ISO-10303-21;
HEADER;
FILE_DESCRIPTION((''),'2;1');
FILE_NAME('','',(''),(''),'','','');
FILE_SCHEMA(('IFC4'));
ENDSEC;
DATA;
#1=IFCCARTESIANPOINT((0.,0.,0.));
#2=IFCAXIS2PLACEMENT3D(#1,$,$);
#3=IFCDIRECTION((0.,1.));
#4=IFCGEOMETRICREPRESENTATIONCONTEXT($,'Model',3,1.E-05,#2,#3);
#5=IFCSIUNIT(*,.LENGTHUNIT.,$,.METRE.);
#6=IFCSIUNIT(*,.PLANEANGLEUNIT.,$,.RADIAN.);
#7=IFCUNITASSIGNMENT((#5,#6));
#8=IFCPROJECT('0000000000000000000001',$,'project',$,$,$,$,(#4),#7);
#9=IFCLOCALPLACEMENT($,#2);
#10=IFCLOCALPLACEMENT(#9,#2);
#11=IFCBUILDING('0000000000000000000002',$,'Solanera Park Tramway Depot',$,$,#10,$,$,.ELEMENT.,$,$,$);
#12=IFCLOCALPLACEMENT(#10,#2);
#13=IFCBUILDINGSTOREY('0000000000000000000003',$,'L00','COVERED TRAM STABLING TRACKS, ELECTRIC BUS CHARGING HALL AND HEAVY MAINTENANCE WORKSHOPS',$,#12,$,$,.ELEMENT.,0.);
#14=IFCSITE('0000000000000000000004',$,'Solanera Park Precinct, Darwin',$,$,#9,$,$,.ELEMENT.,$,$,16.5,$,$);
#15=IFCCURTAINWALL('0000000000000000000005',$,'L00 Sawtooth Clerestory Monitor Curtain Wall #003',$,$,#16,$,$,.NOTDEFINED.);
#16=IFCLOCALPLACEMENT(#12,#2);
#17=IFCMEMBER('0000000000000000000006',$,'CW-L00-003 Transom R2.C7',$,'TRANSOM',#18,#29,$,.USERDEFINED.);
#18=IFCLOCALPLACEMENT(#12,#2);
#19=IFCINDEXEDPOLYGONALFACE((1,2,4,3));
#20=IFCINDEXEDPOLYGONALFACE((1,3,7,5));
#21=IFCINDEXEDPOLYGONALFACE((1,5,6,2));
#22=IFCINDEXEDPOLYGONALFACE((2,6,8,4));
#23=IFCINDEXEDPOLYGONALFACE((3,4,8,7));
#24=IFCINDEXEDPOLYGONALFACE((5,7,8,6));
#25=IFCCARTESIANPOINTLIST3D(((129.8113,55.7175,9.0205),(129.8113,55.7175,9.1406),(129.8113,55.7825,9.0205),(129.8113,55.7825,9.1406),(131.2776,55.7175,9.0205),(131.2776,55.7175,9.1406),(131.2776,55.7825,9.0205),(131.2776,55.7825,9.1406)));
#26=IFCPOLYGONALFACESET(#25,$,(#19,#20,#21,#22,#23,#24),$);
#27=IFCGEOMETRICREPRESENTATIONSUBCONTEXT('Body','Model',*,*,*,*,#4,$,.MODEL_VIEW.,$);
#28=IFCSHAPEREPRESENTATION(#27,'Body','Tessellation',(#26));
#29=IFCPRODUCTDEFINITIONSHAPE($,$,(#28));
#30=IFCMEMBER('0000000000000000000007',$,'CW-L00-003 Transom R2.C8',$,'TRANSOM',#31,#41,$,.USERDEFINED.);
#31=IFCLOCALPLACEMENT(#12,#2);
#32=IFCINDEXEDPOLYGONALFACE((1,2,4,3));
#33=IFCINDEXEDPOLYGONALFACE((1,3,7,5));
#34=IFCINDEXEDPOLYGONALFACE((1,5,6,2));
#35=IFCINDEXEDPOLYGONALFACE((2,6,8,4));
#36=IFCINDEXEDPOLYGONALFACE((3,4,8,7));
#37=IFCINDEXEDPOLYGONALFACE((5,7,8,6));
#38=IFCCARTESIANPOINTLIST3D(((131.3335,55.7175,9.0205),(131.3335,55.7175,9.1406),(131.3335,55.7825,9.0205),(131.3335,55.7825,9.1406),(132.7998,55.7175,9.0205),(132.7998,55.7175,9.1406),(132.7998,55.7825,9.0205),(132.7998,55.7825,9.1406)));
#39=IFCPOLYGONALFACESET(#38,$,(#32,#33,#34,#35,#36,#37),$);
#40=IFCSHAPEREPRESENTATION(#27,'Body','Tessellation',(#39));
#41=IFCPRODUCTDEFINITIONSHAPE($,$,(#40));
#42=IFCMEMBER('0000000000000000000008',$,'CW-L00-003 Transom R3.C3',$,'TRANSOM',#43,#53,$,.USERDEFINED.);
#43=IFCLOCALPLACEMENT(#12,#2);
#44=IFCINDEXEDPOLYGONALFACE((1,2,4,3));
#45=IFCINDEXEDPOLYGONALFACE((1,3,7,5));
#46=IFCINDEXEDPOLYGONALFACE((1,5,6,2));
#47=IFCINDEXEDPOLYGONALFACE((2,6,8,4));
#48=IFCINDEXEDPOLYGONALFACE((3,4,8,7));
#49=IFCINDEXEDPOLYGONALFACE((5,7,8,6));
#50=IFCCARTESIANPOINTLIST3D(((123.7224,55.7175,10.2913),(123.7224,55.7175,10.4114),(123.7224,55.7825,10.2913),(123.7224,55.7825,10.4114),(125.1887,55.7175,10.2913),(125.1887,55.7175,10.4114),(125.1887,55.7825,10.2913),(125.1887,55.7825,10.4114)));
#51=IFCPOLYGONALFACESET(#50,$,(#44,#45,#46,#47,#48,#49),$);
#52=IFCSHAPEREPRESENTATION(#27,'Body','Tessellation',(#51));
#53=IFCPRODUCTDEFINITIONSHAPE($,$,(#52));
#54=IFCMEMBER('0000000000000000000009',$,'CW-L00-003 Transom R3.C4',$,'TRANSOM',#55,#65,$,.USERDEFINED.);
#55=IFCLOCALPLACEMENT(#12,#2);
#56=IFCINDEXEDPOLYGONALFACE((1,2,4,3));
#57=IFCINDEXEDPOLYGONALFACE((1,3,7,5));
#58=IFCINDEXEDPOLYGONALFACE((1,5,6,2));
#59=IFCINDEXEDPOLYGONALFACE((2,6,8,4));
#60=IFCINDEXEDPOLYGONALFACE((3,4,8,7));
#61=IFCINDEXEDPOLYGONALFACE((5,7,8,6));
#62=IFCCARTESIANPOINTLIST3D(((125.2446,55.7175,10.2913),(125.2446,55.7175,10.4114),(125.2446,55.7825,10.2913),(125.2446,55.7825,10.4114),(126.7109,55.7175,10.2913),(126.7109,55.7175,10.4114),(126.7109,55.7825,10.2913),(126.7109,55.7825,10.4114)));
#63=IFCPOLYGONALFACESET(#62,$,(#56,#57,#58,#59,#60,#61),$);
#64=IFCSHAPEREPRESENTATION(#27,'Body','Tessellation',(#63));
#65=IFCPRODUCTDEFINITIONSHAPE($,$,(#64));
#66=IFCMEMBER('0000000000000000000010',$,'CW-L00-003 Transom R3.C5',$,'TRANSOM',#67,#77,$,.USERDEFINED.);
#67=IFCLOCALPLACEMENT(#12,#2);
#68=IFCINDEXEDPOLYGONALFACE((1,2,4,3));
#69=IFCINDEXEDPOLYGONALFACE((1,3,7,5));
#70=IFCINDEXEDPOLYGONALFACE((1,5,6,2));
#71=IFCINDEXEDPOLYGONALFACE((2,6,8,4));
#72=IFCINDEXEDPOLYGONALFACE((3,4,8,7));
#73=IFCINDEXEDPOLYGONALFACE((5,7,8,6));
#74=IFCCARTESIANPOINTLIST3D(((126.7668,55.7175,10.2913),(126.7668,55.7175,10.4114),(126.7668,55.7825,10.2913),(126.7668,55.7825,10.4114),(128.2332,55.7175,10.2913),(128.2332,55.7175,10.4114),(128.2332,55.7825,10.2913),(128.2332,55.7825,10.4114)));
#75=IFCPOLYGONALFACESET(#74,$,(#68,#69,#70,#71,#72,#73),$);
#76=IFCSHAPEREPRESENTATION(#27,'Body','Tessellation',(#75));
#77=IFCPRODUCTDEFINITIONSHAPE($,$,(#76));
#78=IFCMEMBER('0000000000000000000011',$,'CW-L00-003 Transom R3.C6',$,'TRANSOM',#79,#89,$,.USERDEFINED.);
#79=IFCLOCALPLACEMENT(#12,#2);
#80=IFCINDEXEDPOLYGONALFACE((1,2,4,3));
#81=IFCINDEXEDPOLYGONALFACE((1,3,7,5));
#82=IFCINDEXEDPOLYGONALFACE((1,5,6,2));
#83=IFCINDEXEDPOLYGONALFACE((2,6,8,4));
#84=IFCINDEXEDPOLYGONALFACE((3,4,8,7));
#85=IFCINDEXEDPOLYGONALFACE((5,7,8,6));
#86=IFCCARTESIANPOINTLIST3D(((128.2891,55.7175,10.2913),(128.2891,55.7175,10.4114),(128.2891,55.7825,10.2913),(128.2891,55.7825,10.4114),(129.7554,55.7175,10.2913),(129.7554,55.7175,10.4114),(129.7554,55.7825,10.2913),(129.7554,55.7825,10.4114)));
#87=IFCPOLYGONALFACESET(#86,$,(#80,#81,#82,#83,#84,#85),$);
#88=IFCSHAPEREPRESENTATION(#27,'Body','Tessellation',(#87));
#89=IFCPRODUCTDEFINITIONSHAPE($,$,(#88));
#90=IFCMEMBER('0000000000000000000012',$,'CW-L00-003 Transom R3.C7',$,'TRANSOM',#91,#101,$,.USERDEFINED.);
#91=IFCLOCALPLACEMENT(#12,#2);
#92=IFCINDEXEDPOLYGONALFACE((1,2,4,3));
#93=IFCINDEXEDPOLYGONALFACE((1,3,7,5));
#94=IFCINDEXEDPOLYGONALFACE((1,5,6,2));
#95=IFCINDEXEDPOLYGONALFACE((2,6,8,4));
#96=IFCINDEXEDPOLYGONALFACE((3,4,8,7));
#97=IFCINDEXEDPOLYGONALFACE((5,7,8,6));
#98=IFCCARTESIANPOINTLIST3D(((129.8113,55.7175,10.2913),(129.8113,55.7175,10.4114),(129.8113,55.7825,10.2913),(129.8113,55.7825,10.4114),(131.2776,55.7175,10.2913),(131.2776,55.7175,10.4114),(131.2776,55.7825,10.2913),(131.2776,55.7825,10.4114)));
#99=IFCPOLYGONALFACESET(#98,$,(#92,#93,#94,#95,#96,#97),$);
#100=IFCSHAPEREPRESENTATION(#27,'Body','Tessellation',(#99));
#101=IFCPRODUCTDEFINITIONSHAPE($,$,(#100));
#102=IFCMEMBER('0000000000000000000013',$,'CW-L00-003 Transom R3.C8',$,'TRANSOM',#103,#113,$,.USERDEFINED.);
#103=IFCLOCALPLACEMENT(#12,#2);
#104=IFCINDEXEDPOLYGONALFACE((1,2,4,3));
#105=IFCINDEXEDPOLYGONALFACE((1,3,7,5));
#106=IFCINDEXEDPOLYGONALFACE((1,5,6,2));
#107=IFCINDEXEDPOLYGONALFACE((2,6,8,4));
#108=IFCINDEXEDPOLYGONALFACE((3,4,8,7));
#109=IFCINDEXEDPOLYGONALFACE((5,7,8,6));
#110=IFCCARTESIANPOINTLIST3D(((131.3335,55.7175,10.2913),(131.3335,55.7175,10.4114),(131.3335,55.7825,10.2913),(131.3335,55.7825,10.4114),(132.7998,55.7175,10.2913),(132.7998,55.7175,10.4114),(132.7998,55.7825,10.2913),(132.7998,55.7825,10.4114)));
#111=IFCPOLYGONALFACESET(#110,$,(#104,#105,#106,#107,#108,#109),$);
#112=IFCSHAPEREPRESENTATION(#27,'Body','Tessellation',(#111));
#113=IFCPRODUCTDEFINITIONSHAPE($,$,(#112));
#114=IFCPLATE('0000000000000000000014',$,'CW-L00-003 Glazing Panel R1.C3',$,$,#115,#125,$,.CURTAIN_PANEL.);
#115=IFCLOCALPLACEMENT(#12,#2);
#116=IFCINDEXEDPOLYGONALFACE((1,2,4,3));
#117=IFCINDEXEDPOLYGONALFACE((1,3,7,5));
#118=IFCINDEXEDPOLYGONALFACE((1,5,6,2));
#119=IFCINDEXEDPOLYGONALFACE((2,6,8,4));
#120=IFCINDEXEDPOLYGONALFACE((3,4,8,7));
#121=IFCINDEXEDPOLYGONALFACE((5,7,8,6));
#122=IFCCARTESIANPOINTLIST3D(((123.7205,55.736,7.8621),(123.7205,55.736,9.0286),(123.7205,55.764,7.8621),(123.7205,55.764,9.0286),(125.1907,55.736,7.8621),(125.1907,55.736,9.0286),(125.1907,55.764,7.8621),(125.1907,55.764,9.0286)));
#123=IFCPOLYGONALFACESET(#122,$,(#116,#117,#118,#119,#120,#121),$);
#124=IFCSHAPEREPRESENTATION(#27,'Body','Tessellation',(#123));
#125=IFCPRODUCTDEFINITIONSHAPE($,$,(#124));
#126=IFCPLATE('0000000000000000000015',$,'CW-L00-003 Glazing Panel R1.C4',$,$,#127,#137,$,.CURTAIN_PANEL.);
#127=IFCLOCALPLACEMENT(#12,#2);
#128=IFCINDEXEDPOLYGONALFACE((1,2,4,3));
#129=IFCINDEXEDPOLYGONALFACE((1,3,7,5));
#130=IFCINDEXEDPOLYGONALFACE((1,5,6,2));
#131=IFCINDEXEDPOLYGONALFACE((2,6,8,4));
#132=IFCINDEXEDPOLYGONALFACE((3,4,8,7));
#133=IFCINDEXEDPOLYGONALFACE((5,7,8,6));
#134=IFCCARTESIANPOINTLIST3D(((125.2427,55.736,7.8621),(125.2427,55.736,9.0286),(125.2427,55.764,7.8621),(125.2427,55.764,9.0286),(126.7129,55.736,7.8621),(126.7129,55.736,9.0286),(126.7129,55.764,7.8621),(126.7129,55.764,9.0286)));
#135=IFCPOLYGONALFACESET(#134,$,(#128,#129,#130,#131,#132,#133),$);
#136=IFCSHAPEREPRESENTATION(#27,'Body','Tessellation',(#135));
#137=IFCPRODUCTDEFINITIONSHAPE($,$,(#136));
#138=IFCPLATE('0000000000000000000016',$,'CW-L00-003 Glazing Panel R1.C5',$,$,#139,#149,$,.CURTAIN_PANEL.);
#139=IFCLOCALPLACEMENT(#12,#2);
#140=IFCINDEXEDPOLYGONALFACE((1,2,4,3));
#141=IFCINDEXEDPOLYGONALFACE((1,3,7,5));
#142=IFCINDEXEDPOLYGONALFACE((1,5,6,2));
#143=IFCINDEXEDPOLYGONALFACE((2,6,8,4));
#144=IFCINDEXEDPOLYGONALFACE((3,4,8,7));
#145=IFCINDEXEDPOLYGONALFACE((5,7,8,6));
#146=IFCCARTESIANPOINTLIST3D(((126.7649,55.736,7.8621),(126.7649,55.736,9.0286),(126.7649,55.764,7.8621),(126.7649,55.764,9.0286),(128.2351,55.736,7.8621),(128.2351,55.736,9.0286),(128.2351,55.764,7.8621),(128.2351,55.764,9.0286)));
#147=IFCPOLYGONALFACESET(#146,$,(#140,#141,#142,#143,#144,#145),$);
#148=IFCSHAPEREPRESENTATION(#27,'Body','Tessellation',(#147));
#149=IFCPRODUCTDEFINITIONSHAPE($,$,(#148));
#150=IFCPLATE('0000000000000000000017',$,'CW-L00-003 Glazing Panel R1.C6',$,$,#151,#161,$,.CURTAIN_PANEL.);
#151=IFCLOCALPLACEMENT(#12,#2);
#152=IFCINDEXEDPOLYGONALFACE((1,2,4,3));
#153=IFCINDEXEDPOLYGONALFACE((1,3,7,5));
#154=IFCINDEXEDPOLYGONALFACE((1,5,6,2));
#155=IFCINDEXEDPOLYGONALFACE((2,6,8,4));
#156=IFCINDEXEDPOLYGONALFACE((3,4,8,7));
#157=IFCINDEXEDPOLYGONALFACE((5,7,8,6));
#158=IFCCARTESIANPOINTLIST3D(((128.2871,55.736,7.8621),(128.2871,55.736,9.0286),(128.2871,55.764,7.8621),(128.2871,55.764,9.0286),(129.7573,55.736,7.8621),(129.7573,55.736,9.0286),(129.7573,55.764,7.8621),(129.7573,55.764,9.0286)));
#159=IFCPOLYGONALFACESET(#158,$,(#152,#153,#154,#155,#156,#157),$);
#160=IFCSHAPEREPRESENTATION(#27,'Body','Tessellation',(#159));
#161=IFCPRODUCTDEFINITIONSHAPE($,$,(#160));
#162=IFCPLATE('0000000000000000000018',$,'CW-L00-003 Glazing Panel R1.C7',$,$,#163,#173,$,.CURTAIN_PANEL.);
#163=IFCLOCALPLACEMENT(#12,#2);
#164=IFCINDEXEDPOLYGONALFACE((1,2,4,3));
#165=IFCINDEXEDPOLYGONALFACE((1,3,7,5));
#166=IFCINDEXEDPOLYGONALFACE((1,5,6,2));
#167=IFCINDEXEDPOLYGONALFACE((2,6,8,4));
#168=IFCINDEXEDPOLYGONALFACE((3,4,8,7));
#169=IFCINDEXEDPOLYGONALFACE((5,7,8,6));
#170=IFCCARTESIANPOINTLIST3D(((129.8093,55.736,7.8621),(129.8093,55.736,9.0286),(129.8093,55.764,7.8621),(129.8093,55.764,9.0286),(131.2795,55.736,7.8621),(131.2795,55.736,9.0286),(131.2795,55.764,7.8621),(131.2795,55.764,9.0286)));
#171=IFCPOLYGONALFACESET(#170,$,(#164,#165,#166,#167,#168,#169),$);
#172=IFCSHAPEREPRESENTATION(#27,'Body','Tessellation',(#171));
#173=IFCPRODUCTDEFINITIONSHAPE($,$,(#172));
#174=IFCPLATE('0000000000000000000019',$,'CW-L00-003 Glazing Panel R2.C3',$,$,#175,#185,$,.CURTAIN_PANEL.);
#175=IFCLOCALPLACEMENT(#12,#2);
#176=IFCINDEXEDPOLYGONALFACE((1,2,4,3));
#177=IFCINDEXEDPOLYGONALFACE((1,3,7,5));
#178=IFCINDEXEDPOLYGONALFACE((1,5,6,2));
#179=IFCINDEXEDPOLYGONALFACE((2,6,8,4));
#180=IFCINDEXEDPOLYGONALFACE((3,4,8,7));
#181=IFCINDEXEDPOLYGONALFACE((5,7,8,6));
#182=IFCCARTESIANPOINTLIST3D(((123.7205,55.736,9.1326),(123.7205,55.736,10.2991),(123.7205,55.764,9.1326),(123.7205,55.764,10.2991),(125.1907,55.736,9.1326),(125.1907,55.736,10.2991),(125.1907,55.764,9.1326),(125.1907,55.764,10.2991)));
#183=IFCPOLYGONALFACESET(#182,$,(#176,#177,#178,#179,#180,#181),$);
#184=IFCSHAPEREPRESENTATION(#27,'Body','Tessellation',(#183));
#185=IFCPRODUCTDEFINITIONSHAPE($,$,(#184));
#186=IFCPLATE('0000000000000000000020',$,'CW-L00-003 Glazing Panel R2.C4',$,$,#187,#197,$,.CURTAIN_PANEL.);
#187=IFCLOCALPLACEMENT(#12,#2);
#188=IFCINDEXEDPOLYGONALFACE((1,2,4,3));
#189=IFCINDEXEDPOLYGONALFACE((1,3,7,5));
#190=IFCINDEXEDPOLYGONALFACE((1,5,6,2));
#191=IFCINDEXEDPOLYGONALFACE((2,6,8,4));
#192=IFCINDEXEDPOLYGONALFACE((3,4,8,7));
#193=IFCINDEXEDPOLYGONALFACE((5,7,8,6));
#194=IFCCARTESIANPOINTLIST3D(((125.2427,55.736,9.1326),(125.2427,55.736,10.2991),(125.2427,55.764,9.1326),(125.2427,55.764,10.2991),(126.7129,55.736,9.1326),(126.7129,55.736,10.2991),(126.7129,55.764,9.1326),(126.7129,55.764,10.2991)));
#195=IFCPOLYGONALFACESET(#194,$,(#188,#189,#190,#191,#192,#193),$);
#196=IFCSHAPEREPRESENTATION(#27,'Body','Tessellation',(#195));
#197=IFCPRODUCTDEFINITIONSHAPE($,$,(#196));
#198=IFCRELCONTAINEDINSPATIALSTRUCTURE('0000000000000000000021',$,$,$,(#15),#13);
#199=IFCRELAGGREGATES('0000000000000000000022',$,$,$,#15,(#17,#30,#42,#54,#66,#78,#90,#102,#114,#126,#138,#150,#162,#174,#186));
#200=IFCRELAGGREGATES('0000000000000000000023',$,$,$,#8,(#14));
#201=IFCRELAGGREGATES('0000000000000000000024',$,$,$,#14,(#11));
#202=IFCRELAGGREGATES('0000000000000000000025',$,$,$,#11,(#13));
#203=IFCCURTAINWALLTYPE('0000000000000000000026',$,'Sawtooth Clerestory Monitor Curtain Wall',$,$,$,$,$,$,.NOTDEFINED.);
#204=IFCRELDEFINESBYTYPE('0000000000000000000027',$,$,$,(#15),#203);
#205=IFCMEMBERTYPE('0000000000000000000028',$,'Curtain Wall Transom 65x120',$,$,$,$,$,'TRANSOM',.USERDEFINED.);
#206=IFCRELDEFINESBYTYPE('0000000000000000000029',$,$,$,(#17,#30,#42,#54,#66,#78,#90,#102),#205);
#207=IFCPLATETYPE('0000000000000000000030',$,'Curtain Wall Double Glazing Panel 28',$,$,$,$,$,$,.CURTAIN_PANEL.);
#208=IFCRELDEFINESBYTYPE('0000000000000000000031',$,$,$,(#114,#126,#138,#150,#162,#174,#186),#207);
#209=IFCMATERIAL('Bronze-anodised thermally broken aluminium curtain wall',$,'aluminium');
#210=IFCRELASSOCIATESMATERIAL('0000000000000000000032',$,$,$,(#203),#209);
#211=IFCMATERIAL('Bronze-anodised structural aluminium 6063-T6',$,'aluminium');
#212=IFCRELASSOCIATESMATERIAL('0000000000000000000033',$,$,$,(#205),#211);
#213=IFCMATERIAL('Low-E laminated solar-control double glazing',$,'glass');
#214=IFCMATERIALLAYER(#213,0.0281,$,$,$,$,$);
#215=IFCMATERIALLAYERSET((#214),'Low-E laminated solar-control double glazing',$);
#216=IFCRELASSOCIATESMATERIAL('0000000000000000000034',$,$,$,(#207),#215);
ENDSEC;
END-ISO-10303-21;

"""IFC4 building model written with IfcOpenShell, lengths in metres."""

from ifc_helpers import new_model, si_unit, direction, frame, origin, origin_2d, place, context, subcontext, project, spatial, rectangle, extrude, material, layer, layer_set, material_profile, profile_set, type_object, element, aggregate, save


model = new_model("IFC4")

# Units and contexts
model_context = context("Model", 3, precision=1e-05, world=origin(), true_north=direction((0.0, 1.0)))
body_context = subcontext(model_context, "Body", "Model", "MODEL_VIEW")
ifc_project = project(units=[si_unit("LENGTHUNIT", "METRE"), si_unit("PLANEANGLEUNIT", "RADIAN")], contexts=[model_context])

# Site, building, storey
site_placement = place(None, origin())
site = spatial("IfcSite", under=ifc_project, at=site_placement, Name="Solanera Park Precinct, Darwin", CompositionType="ELEMENT", RefElevation=16.5)
building_placement = place(site_placement, origin())
building = spatial("IfcBuilding", under=site, at=building_placement, Name="Solanera Park Tramway Depot", CompositionType="ELEMENT")
storey_placement = place(building_placement, origin())
storey = spatial("IfcBuildingStorey", under=building, at=storey_placement, Name="L00", Description="COVERED TRAM STABLING TRACKS, ELECTRIC BUS CHARGING HALL AND HEAVY MAINTENANCE WORKSHOPS", CompositionType="ELEMENT", Elevation=0.0)

# Curtain wall, members, plates
ifc_material_1 = material(Name="Bronze-anodised thermally broken aluminium curtain wall", Category="aluminium")
curtain_wall_type = type_object("IfcCurtainWallType", Name="Sawtooth Clerestory Monitor Curtain Wall", PredefinedType="NOTDEFINED", material=ifc_material_1)
curtain_wall_placement = place(storey_placement, origin())
curtain_wall = element("IfcCurtainWall", 1, at=curtain_wall_placement, inside=storey, type_object=curtain_wall_type, Name="L00 Sawtooth Clerestory Monitor Curtain Wall #003", PredefinedType="NOTDEFINED")
ifc_material_2 = material(Name="Bronze-anodised structural aluminium 6063-T6", Category="aluminium")
ifc_material_profile_1 = material_profile(ifc_material_2, rectangle(XDim=0.0649, YDim=0.1201, at=origin_2d()), Name="Curtain Wall Transom 65x120")
ifc_profile_set_1 = profile_set([ifc_material_profile_1], Name="Bronze-anodised structural aluminium 6063-T6")
member_type_1 = type_object("IfcMemberType", Name="Curtain Wall Transom 65x120", ElementType="TRANSOM", PredefinedType="USERDEFINED", material=ifc_profile_set_1)
member_1_placement = place(storey_placement, frame((129.8113, 55.75, 9.0806), z_axis=(1.0, 0.0, 0.0), x_axis=(0.0, 1.0, 0.0)))
member_1 = element("IfcMember", 2, at=member_1_placement, type_object=member_type_1, Name="CW-L00-003 Transom R2.C7", ObjectType="TRANSOM", PredefinedType="USERDEFINED", context=body_context, shape_type="SweptSolid", body=[
    extrude(rectangle(XDim=0.0649, YDim=0.1201, at=origin_2d()), origin(), (0.0, 0.0, 1.0), 1.4663),
])
member_2_placement = place(storey_placement, frame((131.3335, 55.75, 9.0806), z_axis=(1.0, 0.0, 0.0), x_axis=(0.0, 1.0, 0.0)))
member_2 = element("IfcMember", 3, at=member_2_placement, type_object=member_type_1, Name="CW-L00-003 Transom R2.C8", ObjectType="TRANSOM", PredefinedType="USERDEFINED", context=body_context, shape_type="SweptSolid", body=[
    extrude(rectangle(XDim=0.0649, YDim=0.1201, at=origin_2d()), origin(), (0.0, 0.0, 1.0), 1.4663),
])
member_3_placement = place(storey_placement, frame((123.7224, 55.75, 10.3513), z_axis=(1.0, 0.0, 0.0), x_axis=(0.0, 1.0, 0.0)))
member_3 = element("IfcMember", 4, at=member_3_placement, type_object=member_type_1, Name="CW-L00-003 Transom R3.C3", ObjectType="TRANSOM", PredefinedType="USERDEFINED", context=body_context, shape_type="SweptSolid", body=[
    extrude(rectangle(XDim=0.0649, YDim=0.1201, at=origin_2d()), origin(), (0.0, 0.0, 1.0), 1.4663),
])
member_4_placement = place(storey_placement, frame((125.2446, 55.75, 10.3513), z_axis=(1.0, 0.0, 0.0), x_axis=(0.0, 1.0, 0.0)))
member_4 = element("IfcMember", 5, at=member_4_placement, type_object=member_type_1, Name="CW-L00-003 Transom R3.C4", ObjectType="TRANSOM", PredefinedType="USERDEFINED", context=body_context, shape_type="SweptSolid", body=[
    extrude(rectangle(XDim=0.0649, YDim=0.1201, at=origin_2d()), origin(), (0.0, 0.0, 1.0), 1.4663),
])
member_5_placement = place(storey_placement, frame((126.7668, 55.75, 10.3513), z_axis=(1.0, 0.0, 0.0), x_axis=(0.0, 1.0, 0.0)))
member_5 = element("IfcMember", 6, at=member_5_placement, type_object=member_type_1, Name="CW-L00-003 Transom R3.C5", ObjectType="TRANSOM", PredefinedType="USERDEFINED", context=body_context, shape_type="SweptSolid", body=[
    extrude(rectangle(XDim=0.0649, YDim=0.1201, at=origin_2d()), origin(), (0.0, 0.0, 1.0), 1.4663),
])
member_6_placement = place(storey_placement, frame((128.2891, 55.75, 10.3513), z_axis=(1.0, 0.0, 0.0), x_axis=(0.0, 1.0, 0.0)))
member_6 = element("IfcMember", 7, at=member_6_placement, type_object=member_type_1, Name="CW-L00-003 Transom R3.C6", ObjectType="TRANSOM", PredefinedType="USERDEFINED", context=body_context, shape_type="SweptSolid", body=[
    extrude(rectangle(XDim=0.0649, YDim=0.1201, at=origin_2d()), origin(), (0.0, 0.0, 1.0), 1.4663),
])
member_7_placement = place(storey_placement, frame((129.8113, 55.75, 10.3513), z_axis=(1.0, 0.0, 0.0), x_axis=(0.0, 1.0, 0.0)))
member_7 = element("IfcMember", 8, at=member_7_placement, type_object=member_type_1, Name="CW-L00-003 Transom R3.C7", ObjectType="TRANSOM", PredefinedType="USERDEFINED", context=body_context, shape_type="SweptSolid", body=[
    extrude(rectangle(XDim=0.0649, YDim=0.1201, at=origin_2d()), origin(), (0.0, 0.0, 1.0), 1.4663),
])
member_8_placement = place(storey_placement, frame((131.3335, 55.75, 10.3513), z_axis=(1.0, 0.0, 0.0), x_axis=(0.0, 1.0, 0.0)))
member_8 = element("IfcMember", 9, at=member_8_placement, type_object=member_type_1, Name="CW-L00-003 Transom R3.C8", ObjectType="TRANSOM", PredefinedType="USERDEFINED", context=body_context, shape_type="SweptSolid", body=[
    extrude(rectangle(XDim=0.0649, YDim=0.1201, at=origin_2d()), origin(), (0.0, 0.0, 1.0), 1.4663),
])
ifc_material_3 = material(Name="Low-E laminated solar-control double glazing", Category="glass")
ifc_layer = layer(ifc_material_3, 0.0281)
ifc_layer_set = layer_set([ifc_layer], Name="Low-E laminated solar-control double glazing")
plate_type = type_object("IfcPlateType", Name="Curtain Wall Double Glazing Panel 28", PredefinedType="CURTAIN_PANEL", material=ifc_layer_set)
plate_1_placement = place(storey_placement, frame((124.4556, 55.75, 7.8621), z_axis=(0.0, 0.0, 1.0), x_axis=(1.0, 0.0, 0.0)))
plate_1 = element("IfcPlate", 10, at=plate_1_placement, type_object=plate_type, Name="CW-L00-003 Glazing Panel R1.C3", PredefinedType="CURTAIN_PANEL", context=body_context, shape_type="SweptSolid", body=[
    extrude(rectangle(XDim=1.4702, YDim=0.0281, at=origin_2d()), origin(), (0.0, 0.0, 1.0), 1.1665),
])
plate_2_placement = place(storey_placement, frame((125.9778, 55.75, 7.8621), z_axis=(0.0, 0.0, 1.0), x_axis=(1.0, 0.0, 0.0)))
plate_2 = element("IfcPlate", 11, at=plate_2_placement, type_object=plate_type, Name="CW-L00-003 Glazing Panel R1.C4", PredefinedType="CURTAIN_PANEL", context=body_context, shape_type="SweptSolid", body=[
    extrude(rectangle(XDim=1.4702, YDim=0.0281, at=origin_2d()), origin(), (0.0, 0.0, 1.0), 1.1665),
])
plate_3_placement = place(storey_placement, frame((127.5, 55.75, 7.8621), z_axis=(0.0, 0.0, 1.0), x_axis=(1.0, 0.0, 0.0)))
plate_3 = element("IfcPlate", 12, at=plate_3_placement, type_object=plate_type, Name="CW-L00-003 Glazing Panel R1.C5", PredefinedType="CURTAIN_PANEL", context=body_context, shape_type="SweptSolid", body=[
    extrude(rectangle(XDim=1.4702, YDim=0.0281, at=origin_2d()), origin(), (0.0, 0.0, 1.0), 1.1665),
])
plate_4_placement = place(storey_placement, frame((129.0222, 55.75, 7.8621), z_axis=(0.0, 0.0, 1.0), x_axis=(1.0, 0.0, 0.0)))
plate_4 = element("IfcPlate", 13, at=plate_4_placement, type_object=plate_type, Name="CW-L00-003 Glazing Panel R1.C6", PredefinedType="CURTAIN_PANEL", context=body_context, shape_type="SweptSolid", body=[
    extrude(rectangle(XDim=1.4702, YDim=0.0281, at=origin_2d()), origin(), (0.0, 0.0, 1.0), 1.1665),
])
plate_5_placement = place(storey_placement, frame((130.5444, 55.75, 7.8621), z_axis=(0.0, 0.0, 1.0), x_axis=(1.0, 0.0, 0.0)))
plate_5 = element("IfcPlate", 14, at=plate_5_placement, type_object=plate_type, Name="CW-L00-003 Glazing Panel R1.C7", PredefinedType="CURTAIN_PANEL", context=body_context, shape_type="SweptSolid", body=[
    extrude(rectangle(XDim=1.4702, YDim=0.0281, at=origin_2d()), origin(), (0.0, 0.0, 1.0), 1.1665),
])
plate_6_placement = place(storey_placement, frame((124.4556, 55.75, 9.1326), z_axis=(0.0, 0.0, 1.0), x_axis=(1.0, 0.0, 0.0)))
plate_6 = element("IfcPlate", 15, at=plate_6_placement, type_object=plate_type, Name="CW-L00-003 Glazing Panel R2.C3", PredefinedType="CURTAIN_PANEL", context=body_context, shape_type="SweptSolid", body=[
    extrude(rectangle(XDim=1.4702, YDim=0.0281, at=origin_2d()), origin(), (0.0, 0.0, 1.0), 1.1665),
])
plate_7_placement = place(storey_placement, frame((125.9778, 55.75, 9.1326), z_axis=(0.0, 0.0, 1.0), x_axis=(1.0, 0.0, 0.0)))
plate_7 = element("IfcPlate", 16, at=plate_7_placement, type_object=plate_type, Name="CW-L00-003 Glazing Panel R2.C4", PredefinedType="CURTAIN_PANEL", context=body_context, shape_type="SweptSolid", body=[
    extrude(rectangle(XDim=1.4702, YDim=0.0281, at=origin_2d()), origin(), (0.0, 0.0, 1.0), 1.1665),
])
aggregate(curtain_wall, [member_1, member_2, member_3, member_4, member_5, member_6, member_7, member_8, plate_1, plate_2, plate_3, plate_4, plate_5, plate_6, plate_7])

save(model, "model.ifc")
